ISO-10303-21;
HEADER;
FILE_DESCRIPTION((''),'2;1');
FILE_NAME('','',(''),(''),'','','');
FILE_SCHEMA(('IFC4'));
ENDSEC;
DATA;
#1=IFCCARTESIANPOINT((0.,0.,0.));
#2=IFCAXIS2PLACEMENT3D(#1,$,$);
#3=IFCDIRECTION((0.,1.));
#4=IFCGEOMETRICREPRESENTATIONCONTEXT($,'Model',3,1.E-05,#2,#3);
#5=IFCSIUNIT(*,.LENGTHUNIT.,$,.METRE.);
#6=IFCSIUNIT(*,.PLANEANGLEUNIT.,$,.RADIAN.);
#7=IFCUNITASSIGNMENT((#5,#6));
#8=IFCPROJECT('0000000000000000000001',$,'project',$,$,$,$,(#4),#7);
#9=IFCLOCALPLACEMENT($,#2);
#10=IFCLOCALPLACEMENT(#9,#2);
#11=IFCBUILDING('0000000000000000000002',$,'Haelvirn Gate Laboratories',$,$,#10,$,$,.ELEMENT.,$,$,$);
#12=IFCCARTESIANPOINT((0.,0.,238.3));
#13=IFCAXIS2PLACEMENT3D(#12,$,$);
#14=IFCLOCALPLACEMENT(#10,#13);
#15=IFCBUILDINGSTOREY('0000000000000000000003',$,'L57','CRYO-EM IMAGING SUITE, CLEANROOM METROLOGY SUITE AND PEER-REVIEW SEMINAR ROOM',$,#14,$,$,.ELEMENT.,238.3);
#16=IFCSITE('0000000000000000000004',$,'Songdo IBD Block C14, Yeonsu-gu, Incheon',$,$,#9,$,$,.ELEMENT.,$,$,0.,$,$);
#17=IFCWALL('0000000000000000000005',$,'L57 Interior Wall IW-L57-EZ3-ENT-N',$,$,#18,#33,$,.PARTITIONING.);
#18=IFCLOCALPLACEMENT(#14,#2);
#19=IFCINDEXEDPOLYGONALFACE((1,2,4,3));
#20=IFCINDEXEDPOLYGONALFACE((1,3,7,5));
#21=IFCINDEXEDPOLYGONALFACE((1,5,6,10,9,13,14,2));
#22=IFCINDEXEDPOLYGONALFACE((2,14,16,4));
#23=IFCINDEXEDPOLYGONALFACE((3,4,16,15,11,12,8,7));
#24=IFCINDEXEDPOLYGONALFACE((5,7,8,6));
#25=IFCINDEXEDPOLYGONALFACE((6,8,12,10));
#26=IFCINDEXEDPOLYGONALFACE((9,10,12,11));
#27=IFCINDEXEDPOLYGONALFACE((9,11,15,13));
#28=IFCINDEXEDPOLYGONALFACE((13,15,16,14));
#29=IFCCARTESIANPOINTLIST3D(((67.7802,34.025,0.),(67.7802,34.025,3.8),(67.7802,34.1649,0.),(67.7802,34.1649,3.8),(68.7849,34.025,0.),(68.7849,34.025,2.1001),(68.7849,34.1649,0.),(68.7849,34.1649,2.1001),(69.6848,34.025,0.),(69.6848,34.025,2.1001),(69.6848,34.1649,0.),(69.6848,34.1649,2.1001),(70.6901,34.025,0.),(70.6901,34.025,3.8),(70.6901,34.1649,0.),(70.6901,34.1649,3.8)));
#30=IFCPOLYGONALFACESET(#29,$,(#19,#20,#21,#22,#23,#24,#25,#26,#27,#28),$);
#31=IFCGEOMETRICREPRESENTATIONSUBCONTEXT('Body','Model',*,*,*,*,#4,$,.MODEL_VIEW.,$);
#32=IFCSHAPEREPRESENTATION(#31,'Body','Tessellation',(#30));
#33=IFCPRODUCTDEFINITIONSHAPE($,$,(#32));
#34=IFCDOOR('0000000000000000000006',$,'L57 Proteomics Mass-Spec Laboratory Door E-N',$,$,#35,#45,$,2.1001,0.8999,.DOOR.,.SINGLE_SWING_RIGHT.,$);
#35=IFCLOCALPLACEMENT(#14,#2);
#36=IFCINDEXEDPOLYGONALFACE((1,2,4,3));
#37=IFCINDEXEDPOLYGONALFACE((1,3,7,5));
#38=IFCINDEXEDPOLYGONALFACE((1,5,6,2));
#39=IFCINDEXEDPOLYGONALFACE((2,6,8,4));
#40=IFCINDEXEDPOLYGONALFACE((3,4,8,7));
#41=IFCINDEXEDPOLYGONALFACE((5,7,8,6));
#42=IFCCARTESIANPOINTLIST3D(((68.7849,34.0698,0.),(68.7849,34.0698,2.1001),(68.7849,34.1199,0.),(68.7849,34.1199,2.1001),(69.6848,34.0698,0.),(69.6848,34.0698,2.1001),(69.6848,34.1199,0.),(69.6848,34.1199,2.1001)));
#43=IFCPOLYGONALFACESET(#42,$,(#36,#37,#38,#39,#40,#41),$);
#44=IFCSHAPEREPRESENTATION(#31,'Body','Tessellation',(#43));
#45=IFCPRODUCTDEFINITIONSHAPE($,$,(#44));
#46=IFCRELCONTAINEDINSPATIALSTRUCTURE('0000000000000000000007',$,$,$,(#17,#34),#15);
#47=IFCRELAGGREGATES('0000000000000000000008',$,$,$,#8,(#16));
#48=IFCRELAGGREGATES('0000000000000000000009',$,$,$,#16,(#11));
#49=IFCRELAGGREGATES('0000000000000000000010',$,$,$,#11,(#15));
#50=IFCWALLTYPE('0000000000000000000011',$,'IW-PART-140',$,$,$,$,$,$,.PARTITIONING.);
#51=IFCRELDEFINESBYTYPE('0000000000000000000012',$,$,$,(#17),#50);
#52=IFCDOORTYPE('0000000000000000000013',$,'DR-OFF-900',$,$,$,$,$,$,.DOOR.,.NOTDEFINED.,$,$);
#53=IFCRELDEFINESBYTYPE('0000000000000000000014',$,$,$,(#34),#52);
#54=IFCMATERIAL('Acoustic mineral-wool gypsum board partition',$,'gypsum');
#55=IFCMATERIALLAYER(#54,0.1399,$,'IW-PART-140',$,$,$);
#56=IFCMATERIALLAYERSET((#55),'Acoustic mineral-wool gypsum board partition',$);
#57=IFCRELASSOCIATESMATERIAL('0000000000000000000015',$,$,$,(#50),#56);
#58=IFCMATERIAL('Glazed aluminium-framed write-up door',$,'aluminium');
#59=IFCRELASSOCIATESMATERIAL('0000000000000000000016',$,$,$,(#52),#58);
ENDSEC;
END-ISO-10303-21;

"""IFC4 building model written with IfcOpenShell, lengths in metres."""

from ifc_helpers import new_model, si_unit, direction, frame, frame_2d, origin, place, context, subcontext, project, spatial, rectangle, extrude, source, transform, mapped, material, layer, layer_set, type_object, type_shapes, element, fill, save


model = new_model("IFC4")

# Units and contexts
model_context = context("Model", 3, precision=1e-05, world=origin(), true_north=direction((0.0, 1.0)))
body_context = subcontext(model_context, "Body", "Model", "MODEL_VIEW")
ifc_project = project(units=[si_unit("LENGTHUNIT", "METRE"), si_unit("PLANEANGLEUNIT", "RADIAN")], contexts=[model_context])

# Site, building, storey
site_placement = place(None, origin())
site = spatial("IfcSite", under=ifc_project, at=site_placement, Name="Songdo IBD Block C14, Yeonsu-gu, Incheon", CompositionType="ELEMENT", RefElevation=0.0)
building_placement = place(site_placement, origin())
building = spatial("IfcBuilding", under=site, at=building_placement, Name="Haelvirn Gate Laboratories", CompositionType="ELEMENT")
storey_placement = place(building_placement, frame((0.0, 0.0, 238.3)))
storey = spatial("IfcBuildingStorey", under=building, at=storey_placement, Name="L57", Description="CRYO-EM IMAGING SUITE, CLEANROOM METROLOGY SUITE AND PEER-REVIEW SEMINAR ROOM", CompositionType="ELEMENT", Elevation=238.3)

# Wall, opening, door
ifc_material_1 = material(Name="Acoustic mineral-wool gypsum board partition", Category="gypsum")
ifc_layer_1 = layer(ifc_material_1, 0.1399, Name="IW-PART-140")
ifc_layer_set_1 = layer_set([ifc_layer_1], Name="Acoustic mineral-wool gypsum board partition")
wall_type_1 = type_object("IfcWallType", Name="IW-PART-140", PredefinedType="PARTITIONING", material=ifc_layer_set_1)
wall_1_placement = place(storey_placement, frame((67.78, 34.095, 0.0), z_axis=(0.0, 0.0, 1.0), x_axis=(1.0, 0.0, 0.0)))
wall_1 = element("IfcWall", 1, at=wall_1_placement, inside=storey, type_object=wall_type_1, Name="L57 Interior Wall IW-L57-EZ3-ENT-N", PredefinedType="PARTITIONING", context=body_context, shape_type="SweptSolid", body=[
    extrude(rectangle(XDim=2.9099, YDim=0.1399, at=frame_2d((1.4551, 0.0))), origin(), (0.0, 0.0, 1.0), 3.8),
])
opening_placement = place(wall_1_placement, frame((1.0049, 0.0, 0.0)))
opening = element("IfcOpeningElement", 2, at=opening_placement, cuts=wall_1, PredefinedType="OPENING", context=body_context, shape_type="SweptSolid", body=[
    extrude(rectangle(XDim=0.8999, YDim=2.1001, at=frame_2d((0.45, 1.05))), frame((0.0, 0.0801, 0.0), z_axis=(0.0, -1.0, 0.0), x_axis=(1.0, 0.0, 0.0)), (0.0, 0.0, 1.0), 0.1599),
])
ifc_material_2 = material(Name="Glazed aluminium-framed write-up door", Category="aluminium")
door_type = type_object("IfcDoorType", Name="DR-OFF-900", OperationType="NOTDEFINED", PredefinedType="DOOR", material=ifc_material_2)
shared_shape_1 = source(origin(), body_context, "Body", "SweptSolid", [
    extrude(rectangle(XDim=0.8999, YDim=2.1001, at=frame_2d((0.45, 1.05))), frame((0.0, 0.0249, 0.0), z_axis=(0.0, -1.0, 0.0), x_axis=(1.0, 0.0, 0.0)), (0.0, 0.0, 1.0), 0.05),
])
type_shapes(door_type, [shared_shape_1])
door_placement = place(opening_placement, origin())
door = element("IfcDoor", 3, at=door_placement, inside=storey, type_object=door_type, Name="L57 Proteomics Mass-Spec Laboratory Door E-N", OperationType="SINGLE_SWING_RIGHT", OverallHeight=2.1001, OverallWidth=0.8999, PredefinedType="DOOR", context=body_context, shape_type="MappedRepresentation", body=[
    mapped(shared_shape_1, transform((0.0, 0.0, 0.0), scale=1.0)),
])
fill(opening, door)

save(model, "model.ifc")
